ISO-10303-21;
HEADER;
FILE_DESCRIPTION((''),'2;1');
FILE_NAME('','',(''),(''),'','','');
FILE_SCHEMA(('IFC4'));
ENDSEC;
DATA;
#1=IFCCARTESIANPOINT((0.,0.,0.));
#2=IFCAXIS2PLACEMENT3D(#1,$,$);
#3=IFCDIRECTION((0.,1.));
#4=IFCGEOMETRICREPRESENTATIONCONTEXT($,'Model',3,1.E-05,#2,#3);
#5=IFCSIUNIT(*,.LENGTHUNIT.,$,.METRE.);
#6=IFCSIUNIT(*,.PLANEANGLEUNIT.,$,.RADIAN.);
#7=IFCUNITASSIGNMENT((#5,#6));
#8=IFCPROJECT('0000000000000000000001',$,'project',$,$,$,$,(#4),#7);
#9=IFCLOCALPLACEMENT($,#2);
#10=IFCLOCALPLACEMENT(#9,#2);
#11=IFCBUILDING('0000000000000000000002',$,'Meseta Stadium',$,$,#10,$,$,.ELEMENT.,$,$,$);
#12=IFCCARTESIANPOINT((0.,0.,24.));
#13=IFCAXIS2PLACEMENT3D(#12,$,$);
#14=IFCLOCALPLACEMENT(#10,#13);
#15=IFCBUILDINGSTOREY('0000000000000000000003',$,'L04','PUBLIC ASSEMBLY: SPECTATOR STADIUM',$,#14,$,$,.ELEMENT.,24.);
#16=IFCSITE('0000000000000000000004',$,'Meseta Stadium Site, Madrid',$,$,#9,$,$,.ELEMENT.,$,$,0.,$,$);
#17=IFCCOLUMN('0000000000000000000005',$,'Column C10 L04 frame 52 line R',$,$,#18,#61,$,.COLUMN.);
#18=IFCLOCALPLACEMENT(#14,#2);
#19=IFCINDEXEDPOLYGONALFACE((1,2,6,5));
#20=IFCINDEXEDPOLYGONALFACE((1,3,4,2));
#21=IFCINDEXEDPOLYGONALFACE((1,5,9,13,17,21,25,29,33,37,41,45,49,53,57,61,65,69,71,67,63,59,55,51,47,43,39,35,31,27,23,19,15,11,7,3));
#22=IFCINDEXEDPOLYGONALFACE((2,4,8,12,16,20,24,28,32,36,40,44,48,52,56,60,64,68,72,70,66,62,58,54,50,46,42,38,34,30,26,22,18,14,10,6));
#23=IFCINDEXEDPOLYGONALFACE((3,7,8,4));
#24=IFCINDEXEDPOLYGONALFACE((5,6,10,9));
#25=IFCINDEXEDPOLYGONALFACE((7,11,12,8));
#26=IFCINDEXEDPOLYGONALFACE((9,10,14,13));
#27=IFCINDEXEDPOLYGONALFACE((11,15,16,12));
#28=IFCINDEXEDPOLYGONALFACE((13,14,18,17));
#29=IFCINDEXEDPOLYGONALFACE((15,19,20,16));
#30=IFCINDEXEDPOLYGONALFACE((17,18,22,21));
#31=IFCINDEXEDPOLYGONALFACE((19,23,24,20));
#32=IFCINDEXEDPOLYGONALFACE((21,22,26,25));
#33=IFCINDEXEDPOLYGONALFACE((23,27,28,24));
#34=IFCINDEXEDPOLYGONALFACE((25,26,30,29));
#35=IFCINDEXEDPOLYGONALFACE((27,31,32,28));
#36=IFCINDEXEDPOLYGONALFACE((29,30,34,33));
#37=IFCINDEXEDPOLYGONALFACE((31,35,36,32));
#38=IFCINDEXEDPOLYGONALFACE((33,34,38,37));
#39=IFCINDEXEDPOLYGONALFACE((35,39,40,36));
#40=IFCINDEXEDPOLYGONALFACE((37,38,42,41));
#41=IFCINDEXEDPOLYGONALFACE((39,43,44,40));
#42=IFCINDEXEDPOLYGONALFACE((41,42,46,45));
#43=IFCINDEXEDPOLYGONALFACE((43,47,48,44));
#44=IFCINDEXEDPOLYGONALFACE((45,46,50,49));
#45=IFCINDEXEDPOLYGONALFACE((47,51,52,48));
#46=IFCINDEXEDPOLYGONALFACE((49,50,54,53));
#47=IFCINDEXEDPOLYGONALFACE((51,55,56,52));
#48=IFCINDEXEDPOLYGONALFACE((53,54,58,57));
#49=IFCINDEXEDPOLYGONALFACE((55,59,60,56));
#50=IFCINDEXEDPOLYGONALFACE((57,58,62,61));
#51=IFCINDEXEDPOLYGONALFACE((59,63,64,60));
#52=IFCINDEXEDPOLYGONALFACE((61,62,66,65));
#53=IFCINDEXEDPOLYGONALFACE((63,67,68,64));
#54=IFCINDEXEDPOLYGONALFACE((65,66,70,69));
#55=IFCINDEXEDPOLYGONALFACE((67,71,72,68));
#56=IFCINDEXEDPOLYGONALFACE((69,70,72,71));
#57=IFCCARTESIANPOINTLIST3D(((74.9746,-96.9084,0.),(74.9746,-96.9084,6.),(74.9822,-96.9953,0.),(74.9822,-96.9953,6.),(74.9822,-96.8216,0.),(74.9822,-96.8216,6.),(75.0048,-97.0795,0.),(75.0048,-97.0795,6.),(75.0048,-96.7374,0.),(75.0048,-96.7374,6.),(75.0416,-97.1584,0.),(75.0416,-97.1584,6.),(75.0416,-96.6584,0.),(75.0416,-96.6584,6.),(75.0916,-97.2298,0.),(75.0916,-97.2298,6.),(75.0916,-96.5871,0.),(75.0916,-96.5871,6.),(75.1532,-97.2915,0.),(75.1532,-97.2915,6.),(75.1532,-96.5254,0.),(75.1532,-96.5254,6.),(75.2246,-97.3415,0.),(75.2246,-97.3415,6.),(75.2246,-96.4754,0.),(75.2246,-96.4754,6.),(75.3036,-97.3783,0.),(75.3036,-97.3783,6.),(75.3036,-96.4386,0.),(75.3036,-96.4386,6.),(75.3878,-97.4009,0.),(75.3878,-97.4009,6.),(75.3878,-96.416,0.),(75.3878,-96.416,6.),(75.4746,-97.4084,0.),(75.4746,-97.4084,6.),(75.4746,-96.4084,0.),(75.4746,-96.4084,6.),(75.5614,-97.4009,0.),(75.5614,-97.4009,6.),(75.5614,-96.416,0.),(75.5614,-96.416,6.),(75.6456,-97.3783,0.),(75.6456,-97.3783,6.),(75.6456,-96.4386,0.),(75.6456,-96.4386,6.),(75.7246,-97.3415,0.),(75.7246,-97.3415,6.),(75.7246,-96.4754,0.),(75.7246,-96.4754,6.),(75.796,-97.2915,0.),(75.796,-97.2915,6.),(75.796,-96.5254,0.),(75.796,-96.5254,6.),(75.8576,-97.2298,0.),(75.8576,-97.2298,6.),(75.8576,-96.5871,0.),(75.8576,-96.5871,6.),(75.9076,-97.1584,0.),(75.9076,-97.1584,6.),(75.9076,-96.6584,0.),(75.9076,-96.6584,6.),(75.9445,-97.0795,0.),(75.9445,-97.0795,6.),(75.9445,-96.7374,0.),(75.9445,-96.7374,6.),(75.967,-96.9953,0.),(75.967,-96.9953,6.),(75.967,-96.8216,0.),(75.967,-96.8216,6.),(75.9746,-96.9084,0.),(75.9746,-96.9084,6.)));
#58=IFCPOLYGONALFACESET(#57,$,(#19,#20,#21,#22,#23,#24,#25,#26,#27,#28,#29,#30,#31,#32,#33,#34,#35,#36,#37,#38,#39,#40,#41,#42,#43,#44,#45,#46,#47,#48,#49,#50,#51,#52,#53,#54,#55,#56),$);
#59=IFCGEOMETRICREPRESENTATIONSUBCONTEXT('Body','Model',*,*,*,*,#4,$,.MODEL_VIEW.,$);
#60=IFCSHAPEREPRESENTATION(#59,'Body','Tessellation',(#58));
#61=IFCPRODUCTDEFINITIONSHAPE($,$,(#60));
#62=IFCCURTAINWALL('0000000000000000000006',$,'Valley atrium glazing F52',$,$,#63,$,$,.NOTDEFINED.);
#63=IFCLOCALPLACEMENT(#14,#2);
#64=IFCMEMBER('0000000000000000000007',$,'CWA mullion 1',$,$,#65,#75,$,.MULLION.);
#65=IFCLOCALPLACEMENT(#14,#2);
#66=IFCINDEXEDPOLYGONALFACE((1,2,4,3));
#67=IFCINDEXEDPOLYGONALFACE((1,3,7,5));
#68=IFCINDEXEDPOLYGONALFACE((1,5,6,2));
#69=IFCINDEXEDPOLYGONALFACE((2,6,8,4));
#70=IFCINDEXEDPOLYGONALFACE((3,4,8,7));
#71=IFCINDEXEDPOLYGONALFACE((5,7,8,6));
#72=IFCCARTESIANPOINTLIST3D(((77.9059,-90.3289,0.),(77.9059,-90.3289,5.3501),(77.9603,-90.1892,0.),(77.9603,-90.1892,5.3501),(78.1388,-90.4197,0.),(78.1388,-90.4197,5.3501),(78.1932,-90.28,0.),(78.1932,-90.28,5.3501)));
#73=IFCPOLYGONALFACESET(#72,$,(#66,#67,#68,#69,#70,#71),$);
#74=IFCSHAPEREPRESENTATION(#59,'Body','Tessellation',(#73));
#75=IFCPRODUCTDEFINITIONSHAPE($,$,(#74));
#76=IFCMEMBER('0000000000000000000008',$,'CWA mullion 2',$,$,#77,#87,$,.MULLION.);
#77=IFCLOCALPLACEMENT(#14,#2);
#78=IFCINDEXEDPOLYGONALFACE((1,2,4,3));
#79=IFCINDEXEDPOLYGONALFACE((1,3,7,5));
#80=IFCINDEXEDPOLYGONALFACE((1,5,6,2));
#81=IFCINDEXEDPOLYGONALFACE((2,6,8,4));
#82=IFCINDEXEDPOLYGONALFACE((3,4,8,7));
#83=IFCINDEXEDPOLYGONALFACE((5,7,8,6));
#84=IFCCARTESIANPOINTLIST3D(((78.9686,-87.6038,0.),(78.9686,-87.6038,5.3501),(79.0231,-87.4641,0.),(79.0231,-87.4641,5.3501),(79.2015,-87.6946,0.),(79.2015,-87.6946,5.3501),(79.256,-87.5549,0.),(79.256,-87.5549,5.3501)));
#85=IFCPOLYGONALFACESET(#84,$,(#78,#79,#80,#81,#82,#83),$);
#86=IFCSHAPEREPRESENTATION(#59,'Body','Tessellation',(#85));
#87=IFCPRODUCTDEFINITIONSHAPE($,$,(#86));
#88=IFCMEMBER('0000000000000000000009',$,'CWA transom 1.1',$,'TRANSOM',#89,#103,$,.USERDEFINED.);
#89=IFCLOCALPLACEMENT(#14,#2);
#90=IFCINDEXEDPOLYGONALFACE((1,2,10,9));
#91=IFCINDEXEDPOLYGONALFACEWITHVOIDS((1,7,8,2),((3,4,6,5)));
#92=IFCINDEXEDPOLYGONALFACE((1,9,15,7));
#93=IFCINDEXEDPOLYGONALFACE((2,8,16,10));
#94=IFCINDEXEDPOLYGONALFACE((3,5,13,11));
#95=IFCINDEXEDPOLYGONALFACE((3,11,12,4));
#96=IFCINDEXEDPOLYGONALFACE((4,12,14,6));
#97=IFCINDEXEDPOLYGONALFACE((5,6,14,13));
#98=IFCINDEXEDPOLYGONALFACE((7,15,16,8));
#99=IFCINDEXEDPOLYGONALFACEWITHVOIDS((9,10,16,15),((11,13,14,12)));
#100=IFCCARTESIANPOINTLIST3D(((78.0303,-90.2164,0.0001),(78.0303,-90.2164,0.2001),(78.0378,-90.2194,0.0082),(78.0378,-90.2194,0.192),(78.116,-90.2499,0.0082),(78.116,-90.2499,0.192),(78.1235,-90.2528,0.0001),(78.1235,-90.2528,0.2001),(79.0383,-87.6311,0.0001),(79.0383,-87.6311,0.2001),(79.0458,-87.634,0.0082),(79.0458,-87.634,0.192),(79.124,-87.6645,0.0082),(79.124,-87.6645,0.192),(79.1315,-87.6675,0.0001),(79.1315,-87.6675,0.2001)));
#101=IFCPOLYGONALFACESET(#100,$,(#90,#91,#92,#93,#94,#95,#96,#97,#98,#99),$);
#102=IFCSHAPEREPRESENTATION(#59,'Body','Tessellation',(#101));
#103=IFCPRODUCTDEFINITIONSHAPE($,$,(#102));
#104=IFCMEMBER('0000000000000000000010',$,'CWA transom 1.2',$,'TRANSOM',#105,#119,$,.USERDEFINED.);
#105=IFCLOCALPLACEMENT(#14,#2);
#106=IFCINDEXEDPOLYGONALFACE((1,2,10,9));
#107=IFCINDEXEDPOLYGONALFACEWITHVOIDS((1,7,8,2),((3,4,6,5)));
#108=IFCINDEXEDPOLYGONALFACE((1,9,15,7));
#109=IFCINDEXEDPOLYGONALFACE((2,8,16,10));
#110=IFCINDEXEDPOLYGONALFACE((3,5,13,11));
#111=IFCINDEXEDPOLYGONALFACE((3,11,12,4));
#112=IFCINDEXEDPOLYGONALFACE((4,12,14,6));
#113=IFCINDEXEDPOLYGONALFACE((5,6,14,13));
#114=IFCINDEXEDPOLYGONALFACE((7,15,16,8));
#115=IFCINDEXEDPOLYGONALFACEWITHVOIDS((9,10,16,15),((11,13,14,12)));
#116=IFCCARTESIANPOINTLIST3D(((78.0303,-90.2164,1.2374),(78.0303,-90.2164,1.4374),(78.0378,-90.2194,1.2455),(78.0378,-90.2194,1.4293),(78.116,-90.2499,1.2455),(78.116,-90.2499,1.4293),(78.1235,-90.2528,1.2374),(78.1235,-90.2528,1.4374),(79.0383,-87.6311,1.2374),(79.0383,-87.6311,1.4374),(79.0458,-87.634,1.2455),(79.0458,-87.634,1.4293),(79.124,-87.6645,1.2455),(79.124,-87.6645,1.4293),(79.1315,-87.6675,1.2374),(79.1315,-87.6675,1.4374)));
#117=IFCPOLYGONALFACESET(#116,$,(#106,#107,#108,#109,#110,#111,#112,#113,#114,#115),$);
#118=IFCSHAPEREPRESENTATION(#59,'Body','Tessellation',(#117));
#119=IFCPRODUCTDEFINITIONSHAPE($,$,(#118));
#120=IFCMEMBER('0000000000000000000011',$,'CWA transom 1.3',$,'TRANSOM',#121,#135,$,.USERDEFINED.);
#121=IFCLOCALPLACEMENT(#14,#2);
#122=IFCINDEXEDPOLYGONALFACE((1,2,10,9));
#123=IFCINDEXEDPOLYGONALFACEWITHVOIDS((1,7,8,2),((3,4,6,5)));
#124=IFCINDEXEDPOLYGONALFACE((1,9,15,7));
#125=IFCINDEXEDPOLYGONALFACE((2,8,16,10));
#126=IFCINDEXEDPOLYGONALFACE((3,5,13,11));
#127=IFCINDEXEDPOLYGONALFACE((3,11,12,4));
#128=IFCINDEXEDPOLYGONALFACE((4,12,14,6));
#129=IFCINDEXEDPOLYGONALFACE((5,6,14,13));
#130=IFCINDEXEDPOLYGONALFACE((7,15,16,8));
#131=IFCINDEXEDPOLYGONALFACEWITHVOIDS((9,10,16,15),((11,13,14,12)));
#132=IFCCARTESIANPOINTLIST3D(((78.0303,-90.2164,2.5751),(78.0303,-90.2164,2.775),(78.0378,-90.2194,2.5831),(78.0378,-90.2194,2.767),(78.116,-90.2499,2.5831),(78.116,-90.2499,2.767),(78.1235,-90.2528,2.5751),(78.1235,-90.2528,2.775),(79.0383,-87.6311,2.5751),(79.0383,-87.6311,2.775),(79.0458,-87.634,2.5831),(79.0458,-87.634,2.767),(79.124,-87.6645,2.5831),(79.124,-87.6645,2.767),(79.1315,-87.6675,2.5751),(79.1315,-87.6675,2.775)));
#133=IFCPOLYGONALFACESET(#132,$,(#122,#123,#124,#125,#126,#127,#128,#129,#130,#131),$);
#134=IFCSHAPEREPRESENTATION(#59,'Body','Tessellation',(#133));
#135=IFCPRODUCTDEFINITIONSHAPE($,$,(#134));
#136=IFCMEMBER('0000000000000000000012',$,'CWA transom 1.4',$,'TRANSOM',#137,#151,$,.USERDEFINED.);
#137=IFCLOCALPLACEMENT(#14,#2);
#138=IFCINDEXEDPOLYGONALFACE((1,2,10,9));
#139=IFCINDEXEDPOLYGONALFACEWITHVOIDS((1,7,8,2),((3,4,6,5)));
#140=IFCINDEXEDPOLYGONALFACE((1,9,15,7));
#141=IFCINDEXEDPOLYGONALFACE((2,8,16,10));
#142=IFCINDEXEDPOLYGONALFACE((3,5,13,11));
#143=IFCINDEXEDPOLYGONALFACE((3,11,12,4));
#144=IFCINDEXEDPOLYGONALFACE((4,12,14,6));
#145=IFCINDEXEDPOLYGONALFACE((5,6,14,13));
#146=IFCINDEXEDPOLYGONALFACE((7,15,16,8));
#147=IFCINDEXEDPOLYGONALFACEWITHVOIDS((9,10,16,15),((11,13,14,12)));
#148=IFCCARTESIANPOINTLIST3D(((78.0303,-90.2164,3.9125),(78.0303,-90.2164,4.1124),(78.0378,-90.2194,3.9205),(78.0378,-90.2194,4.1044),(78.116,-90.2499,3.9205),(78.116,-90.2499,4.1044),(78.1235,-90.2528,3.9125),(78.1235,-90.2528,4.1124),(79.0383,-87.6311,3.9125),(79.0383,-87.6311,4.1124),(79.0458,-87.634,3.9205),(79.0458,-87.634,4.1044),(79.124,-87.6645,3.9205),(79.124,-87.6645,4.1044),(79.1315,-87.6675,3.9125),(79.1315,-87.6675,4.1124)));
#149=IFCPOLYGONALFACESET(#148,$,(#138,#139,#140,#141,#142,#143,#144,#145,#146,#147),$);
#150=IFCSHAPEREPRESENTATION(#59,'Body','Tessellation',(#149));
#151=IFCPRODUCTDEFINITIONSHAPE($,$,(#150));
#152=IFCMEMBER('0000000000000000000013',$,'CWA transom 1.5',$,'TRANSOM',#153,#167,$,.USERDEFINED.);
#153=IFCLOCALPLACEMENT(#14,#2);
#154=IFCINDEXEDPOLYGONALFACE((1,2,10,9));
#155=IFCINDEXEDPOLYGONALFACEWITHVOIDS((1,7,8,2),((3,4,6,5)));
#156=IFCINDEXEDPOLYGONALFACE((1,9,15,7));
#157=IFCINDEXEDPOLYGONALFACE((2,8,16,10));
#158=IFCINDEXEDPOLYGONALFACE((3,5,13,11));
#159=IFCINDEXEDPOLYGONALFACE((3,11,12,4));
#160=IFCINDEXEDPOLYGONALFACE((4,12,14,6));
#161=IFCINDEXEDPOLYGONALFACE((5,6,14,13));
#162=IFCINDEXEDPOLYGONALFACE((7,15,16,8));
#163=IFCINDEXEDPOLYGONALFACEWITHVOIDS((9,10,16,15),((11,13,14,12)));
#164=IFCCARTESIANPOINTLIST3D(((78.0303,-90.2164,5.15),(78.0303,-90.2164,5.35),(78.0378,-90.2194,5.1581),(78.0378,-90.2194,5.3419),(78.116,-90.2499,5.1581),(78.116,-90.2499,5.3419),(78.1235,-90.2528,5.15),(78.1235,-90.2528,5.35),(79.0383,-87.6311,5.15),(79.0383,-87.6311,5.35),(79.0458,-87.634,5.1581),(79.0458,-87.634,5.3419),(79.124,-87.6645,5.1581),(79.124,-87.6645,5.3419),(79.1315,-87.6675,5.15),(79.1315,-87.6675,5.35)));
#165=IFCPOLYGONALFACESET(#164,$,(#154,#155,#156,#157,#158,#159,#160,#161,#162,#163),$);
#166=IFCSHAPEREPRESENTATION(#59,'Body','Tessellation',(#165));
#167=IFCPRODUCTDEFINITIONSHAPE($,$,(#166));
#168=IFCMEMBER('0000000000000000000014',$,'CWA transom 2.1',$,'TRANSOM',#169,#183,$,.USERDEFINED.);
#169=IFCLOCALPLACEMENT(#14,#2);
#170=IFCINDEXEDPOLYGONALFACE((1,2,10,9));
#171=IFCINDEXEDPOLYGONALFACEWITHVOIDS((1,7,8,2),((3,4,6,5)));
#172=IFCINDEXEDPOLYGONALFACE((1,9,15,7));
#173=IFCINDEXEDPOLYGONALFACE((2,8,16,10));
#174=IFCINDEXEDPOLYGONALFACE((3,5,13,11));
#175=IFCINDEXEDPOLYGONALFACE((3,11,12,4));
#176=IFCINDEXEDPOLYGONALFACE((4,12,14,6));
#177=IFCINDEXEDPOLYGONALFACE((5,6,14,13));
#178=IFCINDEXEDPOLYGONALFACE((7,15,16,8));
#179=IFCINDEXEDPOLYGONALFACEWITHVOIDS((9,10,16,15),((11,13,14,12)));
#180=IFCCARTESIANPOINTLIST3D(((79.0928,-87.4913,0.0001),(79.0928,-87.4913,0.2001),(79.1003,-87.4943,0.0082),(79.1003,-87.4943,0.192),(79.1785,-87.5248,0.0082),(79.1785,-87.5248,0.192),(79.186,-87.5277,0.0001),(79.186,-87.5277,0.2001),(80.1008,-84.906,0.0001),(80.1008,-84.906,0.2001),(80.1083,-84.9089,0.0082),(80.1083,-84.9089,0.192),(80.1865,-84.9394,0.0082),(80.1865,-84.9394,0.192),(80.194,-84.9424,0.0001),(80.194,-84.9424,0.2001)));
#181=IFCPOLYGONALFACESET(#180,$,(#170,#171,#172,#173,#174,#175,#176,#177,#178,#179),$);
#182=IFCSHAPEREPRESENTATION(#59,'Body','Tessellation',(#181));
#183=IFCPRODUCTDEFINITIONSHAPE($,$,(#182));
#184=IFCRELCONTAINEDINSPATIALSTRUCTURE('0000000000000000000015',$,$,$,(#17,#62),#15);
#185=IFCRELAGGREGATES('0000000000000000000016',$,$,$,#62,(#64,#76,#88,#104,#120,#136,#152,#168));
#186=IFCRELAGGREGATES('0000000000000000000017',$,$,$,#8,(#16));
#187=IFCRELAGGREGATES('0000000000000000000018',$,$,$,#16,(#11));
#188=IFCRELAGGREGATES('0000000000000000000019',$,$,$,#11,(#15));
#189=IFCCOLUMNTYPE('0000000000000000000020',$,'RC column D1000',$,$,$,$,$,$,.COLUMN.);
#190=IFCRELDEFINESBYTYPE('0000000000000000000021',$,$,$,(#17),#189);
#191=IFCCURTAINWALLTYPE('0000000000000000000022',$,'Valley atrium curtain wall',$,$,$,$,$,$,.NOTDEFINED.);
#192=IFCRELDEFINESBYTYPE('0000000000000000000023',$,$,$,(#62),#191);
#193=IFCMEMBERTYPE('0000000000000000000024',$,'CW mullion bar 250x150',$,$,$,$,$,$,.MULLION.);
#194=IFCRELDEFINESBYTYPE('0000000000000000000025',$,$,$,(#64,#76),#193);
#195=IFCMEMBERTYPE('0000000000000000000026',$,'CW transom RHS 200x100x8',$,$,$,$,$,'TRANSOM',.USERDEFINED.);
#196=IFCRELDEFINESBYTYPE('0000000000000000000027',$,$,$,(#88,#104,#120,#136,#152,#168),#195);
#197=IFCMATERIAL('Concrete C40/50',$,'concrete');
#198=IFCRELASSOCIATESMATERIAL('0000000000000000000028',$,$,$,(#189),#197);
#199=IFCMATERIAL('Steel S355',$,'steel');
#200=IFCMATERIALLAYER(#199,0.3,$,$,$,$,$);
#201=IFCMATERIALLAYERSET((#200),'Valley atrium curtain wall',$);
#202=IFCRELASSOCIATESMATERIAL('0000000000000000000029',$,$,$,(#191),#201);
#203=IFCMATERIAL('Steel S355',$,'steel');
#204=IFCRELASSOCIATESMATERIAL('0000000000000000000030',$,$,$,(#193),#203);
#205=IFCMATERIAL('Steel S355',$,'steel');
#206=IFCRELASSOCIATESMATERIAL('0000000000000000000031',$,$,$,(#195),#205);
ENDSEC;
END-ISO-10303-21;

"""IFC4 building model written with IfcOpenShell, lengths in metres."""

from ifc_helpers import new_model, si_unit, direction, frame, origin, origin_2d, place, context, subcontext, project, spatial, rectangle, hollow_rectangle, circle, extrude, material, layer, layer_set, material_profile, profile_set, type_object, element, aggregate, save


model = new_model("IFC4")

# Units and contexts
model_context = context("Model", 3, precision=1e-05, world=origin(), true_north=direction((0.0, 1.0)))
body_context = subcontext(model_context, "Body", "Model", "MODEL_VIEW")
ifc_project = project(units=[si_unit("LENGTHUNIT", "METRE"), si_unit("PLANEANGLEUNIT", "RADIAN")], contexts=[model_context])

# Site, building, storey
site_placement = place(None, origin())
site = spatial("IfcSite", under=ifc_project, at=site_placement, Name="Meseta Stadium Site, Madrid", CompositionType="ELEMENT", RefElevation=0.0)
building_placement = place(site_placement, origin())
building = spatial("IfcBuilding", under=site, at=building_placement, Name="Meseta Stadium", CompositionType="ELEMENT")
storey_placement = place(building_placement, frame((0.0, 0.0, 24.0)))
storey = spatial("IfcBuildingStorey", under=building, at=storey_placement, Name="L04", Description="PUBLIC ASSEMBLY: SPECTATOR STADIUM", CompositionType="ELEMENT", Elevation=24.0)

# Column
ifc_material_1 = material(Name="Concrete C40/50", Category="concrete")
ifc_material_profile_1 = material_profile(ifc_material_1, circle(Radius=0.5, at=origin_2d()), Name="RC D1000")
ifc_profile_set_1 = profile_set([ifc_material_profile_1], Name="Concrete C40/50")
column_type = type_object("IfcColumnType", Name="RC column D1000", PredefinedType="COLUMN", material=ifc_profile_set_1)
column_placement = place(storey_placement, frame((75.4746, -96.9084, 0.0), z_axis=(0.0, 0.0, 1.0), x_axis=(1.0, 0.0, 0.0)))
element("IfcColumn", 1, at=column_placement, inside=storey, type_object=column_type, Name="Column C10 L04 frame 52 line R", PredefinedType="COLUMN", context=body_context, shape_type="SweptSolid", body=[
    extrude(circle(Radius=0.5, at=origin_2d()), origin(), (0.0, 0.0, 1.0), 6.0),
])

# Curtain wall, members
ifc_material_2 = material(Name="Steel S355", Category="steel")
ifc_layer_1 = layer(ifc_material_2, 0.3)
ifc_layer_set_1 = layer_set([ifc_layer_1], Name="Valley atrium curtain wall")
curtain_wall_type = type_object("IfcCurtainWallType", Name="Valley atrium curtain wall", PredefinedType="NOTDEFINED", material=ifc_layer_set_1)
curtain_wall_placement = place(storey_placement, origin())
curtain_wall = element("IfcCurtainWall", 2, at=curtain_wall_placement, inside=storey, type_object=curtain_wall_type, Name="Valley atrium glazing F52", PredefinedType="NOTDEFINED")
ifc_material_3 = material(Name="Steel S355", Category="steel")
ifc_material_profile_2 = material_profile(ifc_material_3, rectangle(XDim=0.25, YDim=0.1499, at=origin_2d()), Name="CW 250x150")
ifc_profile_set_2 = profile_set([ifc_material_profile_2], Name="Steel S355")
member_type_1 = type_object("IfcMemberType", Name="CW mullion bar 250x150", PredefinedType="MULLION", material=ifc_profile_set_2)
member_1_placement = place(storey_placement, frame((78.0496, -90.3044, 0.0), z_axis=(0.0, 0.0, 1.0), x_axis=(-0.93168, 0.36328, 0.0)))
member_1 = element("IfcMember", 3, at=member_1_placement, type_object=member_type_1, Name="CWA mullion 1", PredefinedType="MULLION", context=body_context, shape_type="SweptSolid", body=[
    extrude(rectangle(XDim=0.25, YDim=0.1499, at=origin_2d()), origin(), (0.0, 0.0, 1.0), 5.3501),
])
member_2_placement = place(storey_placement, frame((79.1123, -87.5793, 0.0), z_axis=(0.0, 0.0, 1.0), x_axis=(-0.93168, 0.36328, 0.0)))
member_2 = element("IfcMember", 4, at=member_2_placement, type_object=member_type_1, Name="CWA mullion 2", PredefinedType="MULLION", context=body_context, shape_type="SweptSolid", body=[
    extrude(rectangle(XDim=0.25, YDim=0.1499, at=origin_2d()), origin(), (0.0, 0.0, 1.0), 5.3501),
])
ifc_material_4 = material(Name="Steel S355", Category="steel")
ifc_material_profile_3 = material_profile(ifc_material_4, hollow_rectangle(XDim=0.1001, YDim=0.2, WallThickness=0.0081, at=origin_2d()), Name="RHS 200x100x8")
ifc_profile_set_3 = profile_set([ifc_material_profile_3], Name="Steel S355")
member_type_2 = type_object("IfcMemberType", Name="CW transom RHS 200x100x8", ElementType="TRANSOM", PredefinedType="USERDEFINED", material=ifc_profile_set_3)
member_3_placement = place(storey_placement, frame((78.0769, -90.2346, 0.1001), z_axis=(0.363261, 0.931687, 0.0), x_axis=(-0.931687, 0.363261, 0.0)))
member_3 = element("IfcMember", 5, at=member_3_placement, type_object=member_type_2, Name="CWA transom 1.1", ObjectType="TRANSOM", PredefinedType="USERDEFINED", context=body_context, shape_type="SweptSolid", body=[
    extrude(hollow_rectangle(XDim=0.1001, YDim=0.2, WallThickness=0.0081, at=origin_2d()), origin(), (0.0, 0.0, 1.0), 2.7749),
])
member_4_placement = place(storey_placement, frame((78.0769, -90.2346, 1.3374), z_axis=(0.363261, 0.931687, 0.0), x_axis=(-0.931687, 0.363261, 0.0)))
member_4 = element("IfcMember", 6, at=member_4_placement, type_object=member_type_2, Name="CWA transom 1.2", ObjectType="TRANSOM", PredefinedType="USERDEFINED", context=body_context, shape_type="SweptSolid", body=[
    extrude(hollow_rectangle(XDim=0.1001, YDim=0.2, WallThickness=0.0081, at=origin_2d()), origin(), (0.0, 0.0, 1.0), 2.7749),
])
member_5_placement = place(storey_placement, frame((78.0769, -90.2346, 2.675), z_axis=(0.363261, 0.931687, 0.0), x_axis=(-0.931687, 0.363261, 0.0)))
member_5 = element("IfcMember", 7, at=member_5_placement, type_object=member_type_2, Name="CWA transom 1.3", ObjectType="TRANSOM", PredefinedType="USERDEFINED", context=body_context, shape_type="SweptSolid", body=[
    extrude(hollow_rectangle(XDim=0.1001, YDim=0.2, WallThickness=0.0081, at=origin_2d()), origin(), (0.0, 0.0, 1.0), 2.7749),
])
member_6_placement = place(storey_placement, frame((78.0769, -90.2346, 4.0125), z_axis=(0.363261, 0.931687, 0.0), x_axis=(-0.931687, 0.363261, 0.0)))
member_6 = element("IfcMember", 8, at=member_6_placement, type_object=member_type_2, Name="CWA transom 1.4", ObjectType="TRANSOM", PredefinedType="USERDEFINED", context=body_context, shape_type="SweptSolid", body=[
    extrude(hollow_rectangle(XDim=0.1001, YDim=0.2, WallThickness=0.0081, at=origin_2d()), origin(), (0.0, 0.0, 1.0), 2.7749),
])
member_7_placement = place(storey_placement, frame((78.0769, -90.2346, 5.25), z_axis=(0.363261, 0.931687, 0.0), x_axis=(-0.931687, 0.363261, 0.0)))
member_7 = element("IfcMember", 9, at=member_7_placement, type_object=member_type_2, Name="CWA transom 1.5", ObjectType="TRANSOM", PredefinedType="USERDEFINED", context=body_context, shape_type="SweptSolid", body=[
    extrude(hollow_rectangle(XDim=0.1001, YDim=0.2, WallThickness=0.0081, at=origin_2d()), origin(), (0.0, 0.0, 1.0), 2.7749),
])
member_8_placement = place(storey_placement, frame((79.1394, -87.5095, 0.1001), z_axis=(0.363261, 0.931687, 0.0), x_axis=(-0.931687, 0.363261, 0.0)))
member_8 = element("IfcMember", 10, at=member_8_placement, type_object=member_type_2, Name="CWA transom 2.1", ObjectType="TRANSOM", PredefinedType="USERDEFINED", context=body_context, shape_type="SweptSolid", body=[
    extrude(hollow_rectangle(XDim=0.1001, YDim=0.2, WallThickness=0.0081, at=origin_2d()), origin(), (0.0, 0.0, 1.0), 2.7749),
])

aggregate(curtain_wall, [member_1, member_2, member_3, member_4, member_5, member_6, member_7, member_8])

save(model, "model.ifc")
